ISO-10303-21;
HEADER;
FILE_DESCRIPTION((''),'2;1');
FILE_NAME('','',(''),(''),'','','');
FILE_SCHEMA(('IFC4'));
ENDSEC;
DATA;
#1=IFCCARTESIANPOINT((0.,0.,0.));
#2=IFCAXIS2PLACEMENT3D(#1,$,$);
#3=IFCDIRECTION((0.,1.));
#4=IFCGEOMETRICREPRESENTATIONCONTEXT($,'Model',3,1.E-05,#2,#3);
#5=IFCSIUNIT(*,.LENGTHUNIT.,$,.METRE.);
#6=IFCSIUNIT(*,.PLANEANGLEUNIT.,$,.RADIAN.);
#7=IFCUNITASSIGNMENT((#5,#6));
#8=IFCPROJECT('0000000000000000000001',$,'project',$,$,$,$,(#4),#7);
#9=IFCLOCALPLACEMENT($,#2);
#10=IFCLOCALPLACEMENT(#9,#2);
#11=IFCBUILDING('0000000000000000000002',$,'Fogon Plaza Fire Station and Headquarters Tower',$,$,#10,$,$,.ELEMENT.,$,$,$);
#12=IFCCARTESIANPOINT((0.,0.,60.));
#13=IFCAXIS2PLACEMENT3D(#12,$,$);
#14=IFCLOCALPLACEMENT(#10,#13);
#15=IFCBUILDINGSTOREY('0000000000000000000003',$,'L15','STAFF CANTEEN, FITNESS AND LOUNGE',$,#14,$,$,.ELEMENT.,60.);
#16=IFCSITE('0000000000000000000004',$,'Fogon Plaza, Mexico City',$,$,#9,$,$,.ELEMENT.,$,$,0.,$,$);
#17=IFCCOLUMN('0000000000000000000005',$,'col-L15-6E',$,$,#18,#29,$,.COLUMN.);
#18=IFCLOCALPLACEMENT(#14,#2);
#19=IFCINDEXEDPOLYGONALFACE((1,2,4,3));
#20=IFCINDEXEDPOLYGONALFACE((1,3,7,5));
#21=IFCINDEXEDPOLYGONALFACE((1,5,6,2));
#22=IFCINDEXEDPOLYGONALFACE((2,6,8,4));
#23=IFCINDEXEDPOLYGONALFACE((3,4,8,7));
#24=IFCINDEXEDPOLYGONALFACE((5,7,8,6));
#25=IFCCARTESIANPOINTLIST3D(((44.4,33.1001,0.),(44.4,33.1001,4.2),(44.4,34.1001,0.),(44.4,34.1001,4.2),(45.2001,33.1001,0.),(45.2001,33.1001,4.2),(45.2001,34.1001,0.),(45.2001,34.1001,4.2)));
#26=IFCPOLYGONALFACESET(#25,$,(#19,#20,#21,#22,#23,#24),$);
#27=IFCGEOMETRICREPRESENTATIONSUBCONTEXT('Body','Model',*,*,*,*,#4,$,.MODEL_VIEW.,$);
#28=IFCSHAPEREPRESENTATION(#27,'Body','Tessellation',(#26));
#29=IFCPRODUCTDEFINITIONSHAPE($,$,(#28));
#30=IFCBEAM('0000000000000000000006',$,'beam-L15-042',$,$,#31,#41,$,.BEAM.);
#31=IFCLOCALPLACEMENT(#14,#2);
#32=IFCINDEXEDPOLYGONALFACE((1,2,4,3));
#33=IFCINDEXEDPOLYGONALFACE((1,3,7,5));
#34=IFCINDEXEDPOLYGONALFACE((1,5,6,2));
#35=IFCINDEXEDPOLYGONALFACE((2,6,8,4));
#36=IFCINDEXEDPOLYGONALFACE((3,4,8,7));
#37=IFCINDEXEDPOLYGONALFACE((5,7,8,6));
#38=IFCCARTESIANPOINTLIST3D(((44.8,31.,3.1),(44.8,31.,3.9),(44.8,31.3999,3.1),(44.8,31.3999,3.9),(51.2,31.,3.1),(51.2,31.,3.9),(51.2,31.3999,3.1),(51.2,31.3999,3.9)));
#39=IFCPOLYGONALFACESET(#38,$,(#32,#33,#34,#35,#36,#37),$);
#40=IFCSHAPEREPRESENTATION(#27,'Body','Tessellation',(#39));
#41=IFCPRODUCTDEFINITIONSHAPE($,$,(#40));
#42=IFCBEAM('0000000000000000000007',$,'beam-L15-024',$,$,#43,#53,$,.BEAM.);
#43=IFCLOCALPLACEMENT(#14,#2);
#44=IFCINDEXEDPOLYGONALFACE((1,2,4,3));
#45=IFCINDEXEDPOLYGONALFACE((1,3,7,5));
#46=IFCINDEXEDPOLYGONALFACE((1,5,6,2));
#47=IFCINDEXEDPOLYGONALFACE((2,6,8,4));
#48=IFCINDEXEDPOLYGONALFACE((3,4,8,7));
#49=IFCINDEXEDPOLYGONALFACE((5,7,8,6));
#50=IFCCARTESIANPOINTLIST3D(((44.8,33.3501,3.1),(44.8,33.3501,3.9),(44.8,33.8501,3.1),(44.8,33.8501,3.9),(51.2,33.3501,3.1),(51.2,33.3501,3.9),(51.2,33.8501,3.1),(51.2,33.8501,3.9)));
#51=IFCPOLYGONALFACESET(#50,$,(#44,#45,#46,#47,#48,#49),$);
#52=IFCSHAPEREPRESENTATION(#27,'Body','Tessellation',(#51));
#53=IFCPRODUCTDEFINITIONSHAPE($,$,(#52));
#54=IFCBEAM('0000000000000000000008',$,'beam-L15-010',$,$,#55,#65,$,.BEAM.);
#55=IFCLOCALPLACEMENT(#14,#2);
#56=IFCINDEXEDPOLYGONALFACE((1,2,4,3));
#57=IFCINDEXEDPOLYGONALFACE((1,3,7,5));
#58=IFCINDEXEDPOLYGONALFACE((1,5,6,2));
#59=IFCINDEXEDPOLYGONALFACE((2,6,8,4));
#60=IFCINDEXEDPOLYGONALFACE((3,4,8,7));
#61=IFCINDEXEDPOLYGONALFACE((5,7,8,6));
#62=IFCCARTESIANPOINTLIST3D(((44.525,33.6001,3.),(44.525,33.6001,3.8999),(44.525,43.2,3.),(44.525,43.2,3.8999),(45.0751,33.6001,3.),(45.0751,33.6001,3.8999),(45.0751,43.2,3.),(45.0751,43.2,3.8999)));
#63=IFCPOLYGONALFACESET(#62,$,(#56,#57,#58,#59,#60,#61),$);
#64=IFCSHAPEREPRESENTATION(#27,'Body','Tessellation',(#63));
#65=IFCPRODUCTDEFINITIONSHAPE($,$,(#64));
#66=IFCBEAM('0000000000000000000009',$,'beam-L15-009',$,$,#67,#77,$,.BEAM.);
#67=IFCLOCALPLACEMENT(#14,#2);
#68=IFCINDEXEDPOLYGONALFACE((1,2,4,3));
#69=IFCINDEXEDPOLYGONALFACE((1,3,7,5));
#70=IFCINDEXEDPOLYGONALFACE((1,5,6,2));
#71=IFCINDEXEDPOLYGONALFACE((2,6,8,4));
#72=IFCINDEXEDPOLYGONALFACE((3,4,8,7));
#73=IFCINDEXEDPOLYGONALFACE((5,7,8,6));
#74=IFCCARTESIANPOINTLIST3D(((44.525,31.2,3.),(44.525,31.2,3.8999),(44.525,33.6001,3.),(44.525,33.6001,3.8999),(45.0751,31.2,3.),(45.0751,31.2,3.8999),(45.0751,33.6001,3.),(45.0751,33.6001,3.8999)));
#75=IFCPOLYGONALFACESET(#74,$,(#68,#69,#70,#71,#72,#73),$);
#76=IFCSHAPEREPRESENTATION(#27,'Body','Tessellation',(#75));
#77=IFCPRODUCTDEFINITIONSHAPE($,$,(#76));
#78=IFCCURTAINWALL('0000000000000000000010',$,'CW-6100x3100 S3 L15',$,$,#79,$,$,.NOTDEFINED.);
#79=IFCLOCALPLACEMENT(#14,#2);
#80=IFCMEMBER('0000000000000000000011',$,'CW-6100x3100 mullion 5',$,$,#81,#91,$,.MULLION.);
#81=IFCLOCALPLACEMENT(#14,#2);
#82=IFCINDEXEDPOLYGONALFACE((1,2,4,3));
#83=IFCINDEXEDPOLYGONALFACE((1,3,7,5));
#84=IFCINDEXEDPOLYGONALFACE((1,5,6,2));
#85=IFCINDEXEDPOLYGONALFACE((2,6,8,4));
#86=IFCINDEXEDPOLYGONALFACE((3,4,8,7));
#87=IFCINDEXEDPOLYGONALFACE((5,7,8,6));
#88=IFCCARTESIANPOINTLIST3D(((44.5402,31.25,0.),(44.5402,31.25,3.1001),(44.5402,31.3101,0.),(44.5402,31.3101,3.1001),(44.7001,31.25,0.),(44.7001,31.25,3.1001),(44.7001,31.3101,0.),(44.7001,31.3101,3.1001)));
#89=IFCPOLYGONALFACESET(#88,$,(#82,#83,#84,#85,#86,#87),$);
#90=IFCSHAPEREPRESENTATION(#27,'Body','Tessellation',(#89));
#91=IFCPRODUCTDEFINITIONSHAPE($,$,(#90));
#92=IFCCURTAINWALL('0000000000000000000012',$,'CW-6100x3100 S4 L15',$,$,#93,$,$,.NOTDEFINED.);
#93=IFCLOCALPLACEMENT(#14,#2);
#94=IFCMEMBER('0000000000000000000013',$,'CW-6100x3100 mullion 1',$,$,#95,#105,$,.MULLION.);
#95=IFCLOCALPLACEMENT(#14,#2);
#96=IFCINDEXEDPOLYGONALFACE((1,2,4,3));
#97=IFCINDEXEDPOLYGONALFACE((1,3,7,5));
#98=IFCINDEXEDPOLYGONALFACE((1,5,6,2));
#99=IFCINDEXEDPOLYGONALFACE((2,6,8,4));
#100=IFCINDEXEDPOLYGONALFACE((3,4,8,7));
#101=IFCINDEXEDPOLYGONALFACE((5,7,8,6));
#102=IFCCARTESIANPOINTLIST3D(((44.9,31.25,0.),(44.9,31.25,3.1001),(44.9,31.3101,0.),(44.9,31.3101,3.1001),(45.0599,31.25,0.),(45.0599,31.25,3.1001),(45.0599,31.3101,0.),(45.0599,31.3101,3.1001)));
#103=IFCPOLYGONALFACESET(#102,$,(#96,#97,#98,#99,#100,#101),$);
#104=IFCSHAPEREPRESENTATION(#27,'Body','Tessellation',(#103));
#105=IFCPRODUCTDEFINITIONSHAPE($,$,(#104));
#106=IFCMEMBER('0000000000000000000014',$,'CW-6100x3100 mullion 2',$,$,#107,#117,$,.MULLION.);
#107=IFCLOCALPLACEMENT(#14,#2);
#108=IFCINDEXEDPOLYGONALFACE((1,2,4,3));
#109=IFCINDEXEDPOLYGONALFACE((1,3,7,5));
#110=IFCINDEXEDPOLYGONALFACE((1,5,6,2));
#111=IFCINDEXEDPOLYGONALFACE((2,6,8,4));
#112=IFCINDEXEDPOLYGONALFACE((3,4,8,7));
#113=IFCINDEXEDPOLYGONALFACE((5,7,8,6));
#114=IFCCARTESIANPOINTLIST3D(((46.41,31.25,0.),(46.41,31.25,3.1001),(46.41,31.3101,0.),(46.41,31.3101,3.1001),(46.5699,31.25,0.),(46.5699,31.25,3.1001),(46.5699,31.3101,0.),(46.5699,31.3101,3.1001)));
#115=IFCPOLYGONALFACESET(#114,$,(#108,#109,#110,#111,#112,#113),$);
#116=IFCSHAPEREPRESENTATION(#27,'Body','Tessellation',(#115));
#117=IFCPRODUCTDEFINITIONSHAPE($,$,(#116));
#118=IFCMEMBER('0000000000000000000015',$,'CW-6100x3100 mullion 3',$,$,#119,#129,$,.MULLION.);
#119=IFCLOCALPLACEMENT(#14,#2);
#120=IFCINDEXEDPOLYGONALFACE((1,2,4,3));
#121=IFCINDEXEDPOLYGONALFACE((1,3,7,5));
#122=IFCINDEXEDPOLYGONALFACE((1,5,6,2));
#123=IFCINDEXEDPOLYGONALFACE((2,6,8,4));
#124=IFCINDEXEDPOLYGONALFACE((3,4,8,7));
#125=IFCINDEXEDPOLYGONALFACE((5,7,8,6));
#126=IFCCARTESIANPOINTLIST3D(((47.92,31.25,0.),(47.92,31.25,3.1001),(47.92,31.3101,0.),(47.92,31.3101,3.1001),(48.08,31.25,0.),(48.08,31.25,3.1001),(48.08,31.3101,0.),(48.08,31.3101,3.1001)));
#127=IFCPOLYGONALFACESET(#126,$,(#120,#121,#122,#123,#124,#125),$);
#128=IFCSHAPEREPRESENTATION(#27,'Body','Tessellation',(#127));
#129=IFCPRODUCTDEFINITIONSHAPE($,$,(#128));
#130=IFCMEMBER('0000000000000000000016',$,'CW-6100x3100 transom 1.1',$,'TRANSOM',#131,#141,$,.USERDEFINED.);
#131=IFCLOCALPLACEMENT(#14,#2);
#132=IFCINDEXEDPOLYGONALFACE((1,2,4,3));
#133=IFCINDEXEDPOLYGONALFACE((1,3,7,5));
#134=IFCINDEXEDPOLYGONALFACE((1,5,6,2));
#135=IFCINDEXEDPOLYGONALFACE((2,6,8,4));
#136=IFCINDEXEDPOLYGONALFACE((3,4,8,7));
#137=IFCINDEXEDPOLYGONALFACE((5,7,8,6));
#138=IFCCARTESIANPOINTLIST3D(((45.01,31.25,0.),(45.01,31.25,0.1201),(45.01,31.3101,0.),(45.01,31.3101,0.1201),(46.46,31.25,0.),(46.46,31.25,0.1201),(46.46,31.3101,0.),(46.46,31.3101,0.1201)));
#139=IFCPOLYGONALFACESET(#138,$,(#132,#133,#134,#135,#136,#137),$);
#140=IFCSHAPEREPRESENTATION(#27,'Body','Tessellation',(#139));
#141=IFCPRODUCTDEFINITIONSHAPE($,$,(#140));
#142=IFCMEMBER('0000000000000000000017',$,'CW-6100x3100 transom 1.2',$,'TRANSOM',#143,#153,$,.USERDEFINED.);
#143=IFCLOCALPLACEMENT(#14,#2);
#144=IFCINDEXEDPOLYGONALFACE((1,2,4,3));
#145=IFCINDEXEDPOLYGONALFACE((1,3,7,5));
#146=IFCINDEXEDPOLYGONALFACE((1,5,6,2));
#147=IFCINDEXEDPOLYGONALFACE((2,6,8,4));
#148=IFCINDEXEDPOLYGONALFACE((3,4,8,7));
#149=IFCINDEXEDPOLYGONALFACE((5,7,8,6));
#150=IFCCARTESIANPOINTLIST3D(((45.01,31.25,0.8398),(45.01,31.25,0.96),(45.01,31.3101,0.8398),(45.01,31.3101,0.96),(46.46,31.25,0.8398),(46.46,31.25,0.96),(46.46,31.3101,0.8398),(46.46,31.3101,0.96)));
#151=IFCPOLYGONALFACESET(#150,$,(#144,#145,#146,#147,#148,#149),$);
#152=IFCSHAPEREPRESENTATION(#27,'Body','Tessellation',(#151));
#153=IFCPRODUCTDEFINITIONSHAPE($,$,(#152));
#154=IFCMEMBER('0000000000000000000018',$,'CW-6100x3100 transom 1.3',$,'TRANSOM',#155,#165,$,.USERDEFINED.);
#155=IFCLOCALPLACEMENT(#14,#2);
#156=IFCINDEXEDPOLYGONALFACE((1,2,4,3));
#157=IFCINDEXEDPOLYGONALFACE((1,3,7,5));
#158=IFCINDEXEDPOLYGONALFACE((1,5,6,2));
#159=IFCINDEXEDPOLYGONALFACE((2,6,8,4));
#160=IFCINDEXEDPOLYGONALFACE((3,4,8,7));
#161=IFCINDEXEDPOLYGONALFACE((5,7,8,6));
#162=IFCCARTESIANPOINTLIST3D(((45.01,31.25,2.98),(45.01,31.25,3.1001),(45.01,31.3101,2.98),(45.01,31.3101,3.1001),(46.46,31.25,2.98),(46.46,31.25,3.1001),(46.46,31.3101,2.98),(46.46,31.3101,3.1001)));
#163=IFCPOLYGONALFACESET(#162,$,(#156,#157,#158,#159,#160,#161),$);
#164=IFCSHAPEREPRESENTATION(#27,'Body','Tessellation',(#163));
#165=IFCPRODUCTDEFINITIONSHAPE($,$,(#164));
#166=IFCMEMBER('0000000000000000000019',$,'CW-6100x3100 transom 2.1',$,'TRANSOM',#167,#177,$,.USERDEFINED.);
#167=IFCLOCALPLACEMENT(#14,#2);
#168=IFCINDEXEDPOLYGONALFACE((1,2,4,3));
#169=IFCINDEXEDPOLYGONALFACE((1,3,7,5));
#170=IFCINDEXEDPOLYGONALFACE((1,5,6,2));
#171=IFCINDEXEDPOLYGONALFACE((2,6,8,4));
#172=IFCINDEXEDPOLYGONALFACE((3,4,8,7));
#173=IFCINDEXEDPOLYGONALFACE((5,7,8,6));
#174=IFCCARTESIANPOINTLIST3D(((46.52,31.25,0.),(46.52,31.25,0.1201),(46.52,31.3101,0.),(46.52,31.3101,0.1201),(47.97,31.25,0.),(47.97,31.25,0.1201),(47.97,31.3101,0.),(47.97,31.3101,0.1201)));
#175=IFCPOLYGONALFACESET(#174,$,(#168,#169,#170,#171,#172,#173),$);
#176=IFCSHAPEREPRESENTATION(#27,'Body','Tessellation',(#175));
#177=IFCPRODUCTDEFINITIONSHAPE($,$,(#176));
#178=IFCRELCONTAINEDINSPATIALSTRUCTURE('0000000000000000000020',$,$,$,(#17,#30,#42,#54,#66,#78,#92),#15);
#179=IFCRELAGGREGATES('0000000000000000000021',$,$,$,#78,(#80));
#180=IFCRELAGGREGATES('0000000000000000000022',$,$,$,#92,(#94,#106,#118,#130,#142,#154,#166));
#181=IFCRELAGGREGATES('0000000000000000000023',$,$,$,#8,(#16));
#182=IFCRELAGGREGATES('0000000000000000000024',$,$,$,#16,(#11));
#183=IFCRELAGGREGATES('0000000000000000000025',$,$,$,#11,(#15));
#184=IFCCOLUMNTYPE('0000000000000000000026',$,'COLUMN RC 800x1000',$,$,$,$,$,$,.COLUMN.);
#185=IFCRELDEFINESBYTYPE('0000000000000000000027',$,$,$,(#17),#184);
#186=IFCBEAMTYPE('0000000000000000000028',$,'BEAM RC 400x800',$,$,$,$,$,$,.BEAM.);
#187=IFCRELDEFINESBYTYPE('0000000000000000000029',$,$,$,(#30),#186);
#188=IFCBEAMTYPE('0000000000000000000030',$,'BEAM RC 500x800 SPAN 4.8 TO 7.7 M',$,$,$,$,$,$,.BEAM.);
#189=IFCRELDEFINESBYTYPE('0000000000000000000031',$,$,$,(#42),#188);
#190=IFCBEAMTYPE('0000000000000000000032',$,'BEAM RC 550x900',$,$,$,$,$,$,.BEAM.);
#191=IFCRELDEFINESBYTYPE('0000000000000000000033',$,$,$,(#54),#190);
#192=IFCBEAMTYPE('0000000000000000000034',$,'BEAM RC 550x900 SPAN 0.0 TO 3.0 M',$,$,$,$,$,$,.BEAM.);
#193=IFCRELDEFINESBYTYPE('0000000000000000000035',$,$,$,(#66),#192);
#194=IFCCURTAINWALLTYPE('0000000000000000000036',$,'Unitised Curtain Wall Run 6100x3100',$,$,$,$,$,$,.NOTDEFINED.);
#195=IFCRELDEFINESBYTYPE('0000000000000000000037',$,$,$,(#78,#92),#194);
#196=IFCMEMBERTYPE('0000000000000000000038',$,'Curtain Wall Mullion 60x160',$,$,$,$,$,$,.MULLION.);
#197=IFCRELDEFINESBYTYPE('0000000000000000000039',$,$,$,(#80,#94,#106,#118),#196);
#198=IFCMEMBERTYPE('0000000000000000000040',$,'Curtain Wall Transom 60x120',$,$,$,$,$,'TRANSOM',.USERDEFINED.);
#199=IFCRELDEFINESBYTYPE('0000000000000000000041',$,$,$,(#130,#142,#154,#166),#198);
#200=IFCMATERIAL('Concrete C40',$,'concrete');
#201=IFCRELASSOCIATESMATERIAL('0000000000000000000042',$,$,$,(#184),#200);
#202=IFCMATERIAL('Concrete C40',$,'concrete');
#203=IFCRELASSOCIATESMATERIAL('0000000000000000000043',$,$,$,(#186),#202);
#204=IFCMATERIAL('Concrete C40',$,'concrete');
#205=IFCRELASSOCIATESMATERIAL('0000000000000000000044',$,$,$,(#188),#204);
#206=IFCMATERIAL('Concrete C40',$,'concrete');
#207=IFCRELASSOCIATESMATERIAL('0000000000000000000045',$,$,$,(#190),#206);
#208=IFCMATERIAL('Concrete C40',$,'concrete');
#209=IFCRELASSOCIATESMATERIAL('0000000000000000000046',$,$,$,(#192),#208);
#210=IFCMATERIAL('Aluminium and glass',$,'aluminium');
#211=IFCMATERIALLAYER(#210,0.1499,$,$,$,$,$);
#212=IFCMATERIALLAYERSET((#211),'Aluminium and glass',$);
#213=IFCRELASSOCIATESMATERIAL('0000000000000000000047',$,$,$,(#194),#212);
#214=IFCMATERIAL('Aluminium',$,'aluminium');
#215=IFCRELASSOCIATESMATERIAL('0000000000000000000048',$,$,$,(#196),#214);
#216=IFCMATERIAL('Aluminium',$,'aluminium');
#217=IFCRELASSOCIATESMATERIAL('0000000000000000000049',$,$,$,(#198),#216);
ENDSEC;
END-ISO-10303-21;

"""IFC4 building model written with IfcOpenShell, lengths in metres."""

from ifc_helpers import new_model, si_unit, direction, frame, origin, origin_2d, place, context, subcontext, project, spatial, rectangle, extrude, material, layer, layer_set, material_profile, profile_set, type_object, element, aggregate, save


model = new_model("IFC4")

# Units and contexts
model_context = context("Model", 3, precision=1e-05, world=origin(), true_north=direction((0.0, 1.0)))
body_context = subcontext(model_context, "Body", "Model", "MODEL_VIEW")
ifc_project = project(units=[si_unit("LENGTHUNIT", "METRE"), si_unit("PLANEANGLEUNIT", "RADIAN")], contexts=[model_context])

# Site, building, storey
site_placement = place(None, origin())
site = spatial("IfcSite", under=ifc_project, at=site_placement, Name="Fogon Plaza, Mexico City", CompositionType="ELEMENT", RefElevation=0.0)
building_placement = place(site_placement, origin())
building = spatial("IfcBuilding", under=site, at=building_placement, Name="Fogon Plaza Fire Station and Headquarters Tower", CompositionType="ELEMENT")
storey_placement = place(building_placement, frame((0.0, 0.0, 60.0)))
storey = spatial("IfcBuildingStorey", under=building, at=storey_placement, Name="L15", Description="STAFF CANTEEN, FITNESS AND LOUNGE", CompositionType="ELEMENT", Elevation=60.0)

# Column
ifc_material_1 = material(Name="Concrete C40", Category="concrete")
ifc_material_profile_1 = material_profile(ifc_material_1, rectangle(XDim=0.8, YDim=1.0, at=origin_2d()), Name="RC 800x1000")
ifc_profile_set_1 = profile_set([ifc_material_profile_1], Name="Concrete C40")
column_type = type_object("IfcColumnType", Name="COLUMN RC 800x1000", PredefinedType="COLUMN", material=ifc_profile_set_1)
column_placement = place(storey_placement, frame((44.8, 33.6001, 0.0), z_axis=(0.0, 0.0, 1.0), x_axis=(1.0, 0.0, 0.0)))
element("IfcColumn", 1, at=column_placement, inside=storey, type_object=column_type, Name="col-L15-6E", PredefinedType="COLUMN", context=body_context, shape_type="SweptSolid", body=[
    extrude(rectangle(XDim=0.8, YDim=1.0, at=origin_2d()), origin(), (0.0, 0.0, 1.0), 4.2),
])

# Beams
ifc_material_2 = material(Name="Concrete C40", Category="concrete")
ifc_material_profile_2 = material_profile(ifc_material_2, rectangle(XDim=0.3999, YDim=0.8, at=origin_2d()), Name="RC 400x800")
ifc_profile_set_2 = profile_set([ifc_material_profile_2], Name="Concrete C40")
beam_type_1 = type_object("IfcBeamType", Name="BEAM RC 400x800", PredefinedType="BEAM", material=ifc_profile_set_2)
beam_1_placement = place(storey_placement, frame((44.8, 31.2, 3.5), z_axis=(1.0, 0.0, 0.0), x_axis=(0.0, 1.0, 0.0)))
element("IfcBeam", 2, at=beam_1_placement, inside=storey, type_object=beam_type_1, Name="beam-L15-042", PredefinedType="BEAM", context=body_context, shape_type="SweptSolid", body=[
    extrude(rectangle(XDim=0.3999, YDim=0.8, at=origin_2d()), origin(), (0.0, 0.0, 1.0), 6.3999),
])
ifc_material_3 = material(Name="Concrete C40", Category="concrete")
ifc_material_profile_3 = material_profile(ifc_material_3, rectangle(XDim=0.5, YDim=0.8, at=origin_2d()), Name="RC 500x800")
ifc_profile_set_3 = profile_set([ifc_material_profile_3], Name="Concrete C40")
beam_type_2 = type_object("IfcBeamType", Name="BEAM RC 500x800 SPAN 4.8 TO 7.7 M", PredefinedType="BEAM", material=ifc_profile_set_3)
beam_2_placement = place(storey_placement, frame((44.8, 33.6001, 3.5), z_axis=(1.0, 0.0, 0.0), x_axis=(0.0, 1.0, 0.0)))
element("IfcBeam", 3, at=beam_2_placement, inside=storey, type_object=beam_type_2, Name="beam-L15-024", PredefinedType="BEAM", context=body_context, shape_type="SweptSolid", body=[
    extrude(rectangle(XDim=0.5, YDim=0.8, at=origin_2d()), origin(), (0.0, 0.0, 1.0), 6.3999),
])
ifc_material_4 = material(Name="Concrete C40", Category="concrete")
ifc_material_profile_4 = material_profile(ifc_material_4, rectangle(XDim=0.55, YDim=0.8999, at=origin_2d()), Name="RC 550x900")
ifc_profile_set_4 = profile_set([ifc_material_profile_4], Name="Concrete C40")
beam_type_3 = type_object("IfcBeamType", Name="BEAM RC 550x900", PredefinedType="BEAM", material=ifc_profile_set_4)
beam_3_placement = place(storey_placement, frame((44.8, 33.6001, 3.45), z_axis=(0.0, 1.0, 0.0), x_axis=(-1.0, 0.0, 0.0)))
element("IfcBeam", 4, at=beam_3_placement, inside=storey, type_object=beam_type_3, Name="beam-L15-010", PredefinedType="BEAM", context=body_context, shape_type="SweptSolid", body=[
    extrude(rectangle(XDim=0.55, YDim=0.8999, at=origin_2d()), origin(), (0.0, 0.0, 1.0), 9.5999),
])
ifc_material_5 = material(Name="Concrete C40", Category="concrete")
ifc_material_profile_5 = material_profile(ifc_material_5, rectangle(XDim=0.55, YDim=0.8999, at=origin_2d()), Name="RC 550x900")
ifc_profile_set_5 = profile_set([ifc_material_profile_5], Name="Concrete C40")
beam_type_4 = type_object("IfcBeamType", Name="BEAM RC 550x900 SPAN 0.0 TO 3.0 M", PredefinedType="BEAM", material=ifc_profile_set_5)
beam_4_placement = place(storey_placement, frame((44.8, 31.2, 3.45), z_axis=(0.0, 1.0, 0.0), x_axis=(-1.0, 0.0, 0.0)))
element("IfcBeam", 5, at=beam_4_placement, inside=storey, type_object=beam_type_4, Name="beam-L15-009", PredefinedType="BEAM", context=body_context, shape_type="SweptSolid", body=[
    extrude(rectangle(XDim=0.55, YDim=0.8999, at=origin_2d()), origin(), (0.0, 0.0, 1.0), 2.4001),
])

# Curtain wall, member
ifc_material_6 = material(Name="Aluminium and glass", Category="aluminium")
ifc_layer_1 = layer(ifc_material_6, 0.1499)
ifc_layer_set_1 = layer_set([ifc_layer_1], Name="Aluminium and glass")
curtain_wall_type = type_object("IfcCurtainWallType", Name="Unitised Curtain Wall Run 6100x3100", PredefinedType="NOTDEFINED", material=ifc_layer_set_1)
curtain_wall_1_placement = place(storey_placement, origin())
curtain_wall_1 = element("IfcCurtainWall", 6, at=curtain_wall_1_placement, inside=storey, type_object=curtain_wall_type, Name="CW-6100x3100 S3 L15", PredefinedType="NOTDEFINED")
ifc_material_7 = material(Name="Aluminium", Category="aluminium")
ifc_material_profile_6 = material_profile(ifc_material_7, rectangle(XDim=0.0601, YDim=0.1599, at=origin_2d()), Name="Curtain Wall Mullion 60x160")
ifc_profile_set_6 = profile_set([ifc_material_profile_6], Name="Aluminium")
member_type_1 = type_object("IfcMemberType", Name="Curtain Wall Mullion 60x160", PredefinedType="MULLION", material=ifc_profile_set_6)
member_1_placement = place(storey_placement, frame((44.6201, 31.28, 0.0), z_axis=(0.0, 0.0, 1.0), x_axis=(0.0, 1.0, 0.0)))
member_1 = element("IfcMember", 7, at=member_1_placement, type_object=member_type_1, Name="CW-6100x3100 mullion 5", PredefinedType="MULLION", context=body_context, shape_type="SweptSolid", body=[
    extrude(rectangle(XDim=0.0601, YDim=0.1599, at=origin_2d()), origin(), (0.0, 0.0, 1.0), 3.1001),
])

# Curtain wall, members
curtain_wall_2_placement = place(storey_placement, origin())
curtain_wall_2 = element("IfcCurtainWall", 8, at=curtain_wall_2_placement, inside=storey, type_object=curtain_wall_type, Name="CW-6100x3100 S4 L15", PredefinedType="NOTDEFINED")
member_2_placement = place(storey_placement, frame((44.98, 31.28, 0.0), z_axis=(0.0, 0.0, 1.0), x_axis=(0.0, 1.0, 0.0)))
member_2 = element("IfcMember", 9, at=member_2_placement, type_object=member_type_1, Name="CW-6100x3100 mullion 1", PredefinedType="MULLION", context=body_context, shape_type="SweptSolid", body=[
    extrude(rectangle(XDim=0.0601, YDim=0.1599, at=origin_2d()), origin(), (0.0, 0.0, 1.0), 3.1001),
])
member_3_placement = place(storey_placement, frame((46.49, 31.28, 0.0), z_axis=(0.0, 0.0, 1.0), x_axis=(0.0, 1.0, 0.0)))
member_3 = element("IfcMember", 10, at=member_3_placement, type_object=member_type_1, Name="CW-6100x3100 mullion 2", PredefinedType="MULLION", context=body_context, shape_type="SweptSolid", body=[
    extrude(rectangle(XDim=0.0601, YDim=0.1599, at=origin_2d()), origin(), (0.0, 0.0, 1.0), 3.1001),
])
member_4_placement = place(storey_placement, frame((48.0, 31.28, 0.0), z_axis=(0.0, 0.0, 1.0), x_axis=(0.0, 1.0, 0.0)))
member_4 = element("IfcMember", 11, at=member_4_placement, type_object=member_type_1, Name="CW-6100x3100 mullion 3", PredefinedType="MULLION", context=body_context, shape_type="SweptSolid", body=[
    extrude(rectangle(XDim=0.0601, YDim=0.1599, at=origin_2d()), origin(), (0.0, 0.0, 1.0), 3.1001),
])
ifc_material_8 = material(Name="Aluminium", Category="aluminium")
ifc_material_profile_7 = material_profile(ifc_material_8, rectangle(XDim=0.0601, YDim=0.1201, at=origin_2d()), Name="Curtain Wall Transom 60x120")
ifc_profile_set_7 = profile_set([ifc_material_profile_7], Name="Aluminium")
member_type_2 = type_object("IfcMemberType", Name="Curtain Wall Transom 60x120", ElementType="TRANSOM", PredefinedType="USERDEFINED", material=ifc_profile_set_7)
member_5_placement = place(storey_placement, frame((45.01, 31.28, 0.0601), z_axis=(1.0, 0.0, 0.0), x_axis=(0.0, 1.0, 0.0)))
member_5 = element("IfcMember", 12, at=member_5_placement, type_object=member_type_2, Name="CW-6100x3100 transom 1.1", ObjectType="TRANSOM", PredefinedType="USERDEFINED", context=body_context, shape_type="SweptSolid", body=[
    extrude(rectangle(XDim=0.0601, YDim=0.1201, at=origin_2d()), origin(), (0.0, 0.0, 1.0), 1.45),
])
member_6_placement = place(storey_placement, frame((45.01, 31.28, 0.8999), z_axis=(1.0, 0.0, 0.0), x_axis=(0.0, 1.0, 0.0)))
member_6 = element("IfcMember", 13, at=member_6_placement, type_object=member_type_2, Name="CW-6100x3100 transom 1.2", ObjectType="TRANSOM", PredefinedType="USERDEFINED", context=body_context, shape_type="SweptSolid", body=[
    extrude(rectangle(XDim=0.0601, YDim=0.1201, at=origin_2d()), origin(), (0.0, 0.0, 1.0), 1.45),
])
member_7_placement = place(storey_placement, frame((45.01, 31.28, 3.04), z_axis=(1.0, 0.0, 0.0), x_axis=(0.0, 1.0, 0.0)))
member_7 = element("IfcMember", 14, at=member_7_placement, type_object=member_type_2, Name="CW-6100x3100 transom 1.3", ObjectType="TRANSOM", PredefinedType="USERDEFINED", context=body_context, shape_type="SweptSolid", body=[
    extrude(rectangle(XDim=0.0601, YDim=0.1201, at=origin_2d()), origin(), (0.0, 0.0, 1.0), 1.45),
])
member_8_placement = place(storey_placement, frame((46.52, 31.28, 0.0601), z_axis=(1.0, 0.0, 0.0), x_axis=(0.0, 1.0, 0.0)))
member_8 = element("IfcMember", 15, at=member_8_placement, type_object=member_type_2, Name="CW-6100x3100 transom 2.1", ObjectType="TRANSOM", PredefinedType="USERDEFINED", context=body_context, shape_type="SweptSolid", body=[
    extrude(rectangle(XDim=0.0601, YDim=0.1201, at=origin_2d()), origin(), (0.0, 0.0, 1.0), 1.45),
])

aggregate(curtain_wall_1, [member_1])
aggregate(curtain_wall_2, [member_2, member_3, member_4, member_5, member_6, member_7, member_8])

save(model, "model.ifc")
